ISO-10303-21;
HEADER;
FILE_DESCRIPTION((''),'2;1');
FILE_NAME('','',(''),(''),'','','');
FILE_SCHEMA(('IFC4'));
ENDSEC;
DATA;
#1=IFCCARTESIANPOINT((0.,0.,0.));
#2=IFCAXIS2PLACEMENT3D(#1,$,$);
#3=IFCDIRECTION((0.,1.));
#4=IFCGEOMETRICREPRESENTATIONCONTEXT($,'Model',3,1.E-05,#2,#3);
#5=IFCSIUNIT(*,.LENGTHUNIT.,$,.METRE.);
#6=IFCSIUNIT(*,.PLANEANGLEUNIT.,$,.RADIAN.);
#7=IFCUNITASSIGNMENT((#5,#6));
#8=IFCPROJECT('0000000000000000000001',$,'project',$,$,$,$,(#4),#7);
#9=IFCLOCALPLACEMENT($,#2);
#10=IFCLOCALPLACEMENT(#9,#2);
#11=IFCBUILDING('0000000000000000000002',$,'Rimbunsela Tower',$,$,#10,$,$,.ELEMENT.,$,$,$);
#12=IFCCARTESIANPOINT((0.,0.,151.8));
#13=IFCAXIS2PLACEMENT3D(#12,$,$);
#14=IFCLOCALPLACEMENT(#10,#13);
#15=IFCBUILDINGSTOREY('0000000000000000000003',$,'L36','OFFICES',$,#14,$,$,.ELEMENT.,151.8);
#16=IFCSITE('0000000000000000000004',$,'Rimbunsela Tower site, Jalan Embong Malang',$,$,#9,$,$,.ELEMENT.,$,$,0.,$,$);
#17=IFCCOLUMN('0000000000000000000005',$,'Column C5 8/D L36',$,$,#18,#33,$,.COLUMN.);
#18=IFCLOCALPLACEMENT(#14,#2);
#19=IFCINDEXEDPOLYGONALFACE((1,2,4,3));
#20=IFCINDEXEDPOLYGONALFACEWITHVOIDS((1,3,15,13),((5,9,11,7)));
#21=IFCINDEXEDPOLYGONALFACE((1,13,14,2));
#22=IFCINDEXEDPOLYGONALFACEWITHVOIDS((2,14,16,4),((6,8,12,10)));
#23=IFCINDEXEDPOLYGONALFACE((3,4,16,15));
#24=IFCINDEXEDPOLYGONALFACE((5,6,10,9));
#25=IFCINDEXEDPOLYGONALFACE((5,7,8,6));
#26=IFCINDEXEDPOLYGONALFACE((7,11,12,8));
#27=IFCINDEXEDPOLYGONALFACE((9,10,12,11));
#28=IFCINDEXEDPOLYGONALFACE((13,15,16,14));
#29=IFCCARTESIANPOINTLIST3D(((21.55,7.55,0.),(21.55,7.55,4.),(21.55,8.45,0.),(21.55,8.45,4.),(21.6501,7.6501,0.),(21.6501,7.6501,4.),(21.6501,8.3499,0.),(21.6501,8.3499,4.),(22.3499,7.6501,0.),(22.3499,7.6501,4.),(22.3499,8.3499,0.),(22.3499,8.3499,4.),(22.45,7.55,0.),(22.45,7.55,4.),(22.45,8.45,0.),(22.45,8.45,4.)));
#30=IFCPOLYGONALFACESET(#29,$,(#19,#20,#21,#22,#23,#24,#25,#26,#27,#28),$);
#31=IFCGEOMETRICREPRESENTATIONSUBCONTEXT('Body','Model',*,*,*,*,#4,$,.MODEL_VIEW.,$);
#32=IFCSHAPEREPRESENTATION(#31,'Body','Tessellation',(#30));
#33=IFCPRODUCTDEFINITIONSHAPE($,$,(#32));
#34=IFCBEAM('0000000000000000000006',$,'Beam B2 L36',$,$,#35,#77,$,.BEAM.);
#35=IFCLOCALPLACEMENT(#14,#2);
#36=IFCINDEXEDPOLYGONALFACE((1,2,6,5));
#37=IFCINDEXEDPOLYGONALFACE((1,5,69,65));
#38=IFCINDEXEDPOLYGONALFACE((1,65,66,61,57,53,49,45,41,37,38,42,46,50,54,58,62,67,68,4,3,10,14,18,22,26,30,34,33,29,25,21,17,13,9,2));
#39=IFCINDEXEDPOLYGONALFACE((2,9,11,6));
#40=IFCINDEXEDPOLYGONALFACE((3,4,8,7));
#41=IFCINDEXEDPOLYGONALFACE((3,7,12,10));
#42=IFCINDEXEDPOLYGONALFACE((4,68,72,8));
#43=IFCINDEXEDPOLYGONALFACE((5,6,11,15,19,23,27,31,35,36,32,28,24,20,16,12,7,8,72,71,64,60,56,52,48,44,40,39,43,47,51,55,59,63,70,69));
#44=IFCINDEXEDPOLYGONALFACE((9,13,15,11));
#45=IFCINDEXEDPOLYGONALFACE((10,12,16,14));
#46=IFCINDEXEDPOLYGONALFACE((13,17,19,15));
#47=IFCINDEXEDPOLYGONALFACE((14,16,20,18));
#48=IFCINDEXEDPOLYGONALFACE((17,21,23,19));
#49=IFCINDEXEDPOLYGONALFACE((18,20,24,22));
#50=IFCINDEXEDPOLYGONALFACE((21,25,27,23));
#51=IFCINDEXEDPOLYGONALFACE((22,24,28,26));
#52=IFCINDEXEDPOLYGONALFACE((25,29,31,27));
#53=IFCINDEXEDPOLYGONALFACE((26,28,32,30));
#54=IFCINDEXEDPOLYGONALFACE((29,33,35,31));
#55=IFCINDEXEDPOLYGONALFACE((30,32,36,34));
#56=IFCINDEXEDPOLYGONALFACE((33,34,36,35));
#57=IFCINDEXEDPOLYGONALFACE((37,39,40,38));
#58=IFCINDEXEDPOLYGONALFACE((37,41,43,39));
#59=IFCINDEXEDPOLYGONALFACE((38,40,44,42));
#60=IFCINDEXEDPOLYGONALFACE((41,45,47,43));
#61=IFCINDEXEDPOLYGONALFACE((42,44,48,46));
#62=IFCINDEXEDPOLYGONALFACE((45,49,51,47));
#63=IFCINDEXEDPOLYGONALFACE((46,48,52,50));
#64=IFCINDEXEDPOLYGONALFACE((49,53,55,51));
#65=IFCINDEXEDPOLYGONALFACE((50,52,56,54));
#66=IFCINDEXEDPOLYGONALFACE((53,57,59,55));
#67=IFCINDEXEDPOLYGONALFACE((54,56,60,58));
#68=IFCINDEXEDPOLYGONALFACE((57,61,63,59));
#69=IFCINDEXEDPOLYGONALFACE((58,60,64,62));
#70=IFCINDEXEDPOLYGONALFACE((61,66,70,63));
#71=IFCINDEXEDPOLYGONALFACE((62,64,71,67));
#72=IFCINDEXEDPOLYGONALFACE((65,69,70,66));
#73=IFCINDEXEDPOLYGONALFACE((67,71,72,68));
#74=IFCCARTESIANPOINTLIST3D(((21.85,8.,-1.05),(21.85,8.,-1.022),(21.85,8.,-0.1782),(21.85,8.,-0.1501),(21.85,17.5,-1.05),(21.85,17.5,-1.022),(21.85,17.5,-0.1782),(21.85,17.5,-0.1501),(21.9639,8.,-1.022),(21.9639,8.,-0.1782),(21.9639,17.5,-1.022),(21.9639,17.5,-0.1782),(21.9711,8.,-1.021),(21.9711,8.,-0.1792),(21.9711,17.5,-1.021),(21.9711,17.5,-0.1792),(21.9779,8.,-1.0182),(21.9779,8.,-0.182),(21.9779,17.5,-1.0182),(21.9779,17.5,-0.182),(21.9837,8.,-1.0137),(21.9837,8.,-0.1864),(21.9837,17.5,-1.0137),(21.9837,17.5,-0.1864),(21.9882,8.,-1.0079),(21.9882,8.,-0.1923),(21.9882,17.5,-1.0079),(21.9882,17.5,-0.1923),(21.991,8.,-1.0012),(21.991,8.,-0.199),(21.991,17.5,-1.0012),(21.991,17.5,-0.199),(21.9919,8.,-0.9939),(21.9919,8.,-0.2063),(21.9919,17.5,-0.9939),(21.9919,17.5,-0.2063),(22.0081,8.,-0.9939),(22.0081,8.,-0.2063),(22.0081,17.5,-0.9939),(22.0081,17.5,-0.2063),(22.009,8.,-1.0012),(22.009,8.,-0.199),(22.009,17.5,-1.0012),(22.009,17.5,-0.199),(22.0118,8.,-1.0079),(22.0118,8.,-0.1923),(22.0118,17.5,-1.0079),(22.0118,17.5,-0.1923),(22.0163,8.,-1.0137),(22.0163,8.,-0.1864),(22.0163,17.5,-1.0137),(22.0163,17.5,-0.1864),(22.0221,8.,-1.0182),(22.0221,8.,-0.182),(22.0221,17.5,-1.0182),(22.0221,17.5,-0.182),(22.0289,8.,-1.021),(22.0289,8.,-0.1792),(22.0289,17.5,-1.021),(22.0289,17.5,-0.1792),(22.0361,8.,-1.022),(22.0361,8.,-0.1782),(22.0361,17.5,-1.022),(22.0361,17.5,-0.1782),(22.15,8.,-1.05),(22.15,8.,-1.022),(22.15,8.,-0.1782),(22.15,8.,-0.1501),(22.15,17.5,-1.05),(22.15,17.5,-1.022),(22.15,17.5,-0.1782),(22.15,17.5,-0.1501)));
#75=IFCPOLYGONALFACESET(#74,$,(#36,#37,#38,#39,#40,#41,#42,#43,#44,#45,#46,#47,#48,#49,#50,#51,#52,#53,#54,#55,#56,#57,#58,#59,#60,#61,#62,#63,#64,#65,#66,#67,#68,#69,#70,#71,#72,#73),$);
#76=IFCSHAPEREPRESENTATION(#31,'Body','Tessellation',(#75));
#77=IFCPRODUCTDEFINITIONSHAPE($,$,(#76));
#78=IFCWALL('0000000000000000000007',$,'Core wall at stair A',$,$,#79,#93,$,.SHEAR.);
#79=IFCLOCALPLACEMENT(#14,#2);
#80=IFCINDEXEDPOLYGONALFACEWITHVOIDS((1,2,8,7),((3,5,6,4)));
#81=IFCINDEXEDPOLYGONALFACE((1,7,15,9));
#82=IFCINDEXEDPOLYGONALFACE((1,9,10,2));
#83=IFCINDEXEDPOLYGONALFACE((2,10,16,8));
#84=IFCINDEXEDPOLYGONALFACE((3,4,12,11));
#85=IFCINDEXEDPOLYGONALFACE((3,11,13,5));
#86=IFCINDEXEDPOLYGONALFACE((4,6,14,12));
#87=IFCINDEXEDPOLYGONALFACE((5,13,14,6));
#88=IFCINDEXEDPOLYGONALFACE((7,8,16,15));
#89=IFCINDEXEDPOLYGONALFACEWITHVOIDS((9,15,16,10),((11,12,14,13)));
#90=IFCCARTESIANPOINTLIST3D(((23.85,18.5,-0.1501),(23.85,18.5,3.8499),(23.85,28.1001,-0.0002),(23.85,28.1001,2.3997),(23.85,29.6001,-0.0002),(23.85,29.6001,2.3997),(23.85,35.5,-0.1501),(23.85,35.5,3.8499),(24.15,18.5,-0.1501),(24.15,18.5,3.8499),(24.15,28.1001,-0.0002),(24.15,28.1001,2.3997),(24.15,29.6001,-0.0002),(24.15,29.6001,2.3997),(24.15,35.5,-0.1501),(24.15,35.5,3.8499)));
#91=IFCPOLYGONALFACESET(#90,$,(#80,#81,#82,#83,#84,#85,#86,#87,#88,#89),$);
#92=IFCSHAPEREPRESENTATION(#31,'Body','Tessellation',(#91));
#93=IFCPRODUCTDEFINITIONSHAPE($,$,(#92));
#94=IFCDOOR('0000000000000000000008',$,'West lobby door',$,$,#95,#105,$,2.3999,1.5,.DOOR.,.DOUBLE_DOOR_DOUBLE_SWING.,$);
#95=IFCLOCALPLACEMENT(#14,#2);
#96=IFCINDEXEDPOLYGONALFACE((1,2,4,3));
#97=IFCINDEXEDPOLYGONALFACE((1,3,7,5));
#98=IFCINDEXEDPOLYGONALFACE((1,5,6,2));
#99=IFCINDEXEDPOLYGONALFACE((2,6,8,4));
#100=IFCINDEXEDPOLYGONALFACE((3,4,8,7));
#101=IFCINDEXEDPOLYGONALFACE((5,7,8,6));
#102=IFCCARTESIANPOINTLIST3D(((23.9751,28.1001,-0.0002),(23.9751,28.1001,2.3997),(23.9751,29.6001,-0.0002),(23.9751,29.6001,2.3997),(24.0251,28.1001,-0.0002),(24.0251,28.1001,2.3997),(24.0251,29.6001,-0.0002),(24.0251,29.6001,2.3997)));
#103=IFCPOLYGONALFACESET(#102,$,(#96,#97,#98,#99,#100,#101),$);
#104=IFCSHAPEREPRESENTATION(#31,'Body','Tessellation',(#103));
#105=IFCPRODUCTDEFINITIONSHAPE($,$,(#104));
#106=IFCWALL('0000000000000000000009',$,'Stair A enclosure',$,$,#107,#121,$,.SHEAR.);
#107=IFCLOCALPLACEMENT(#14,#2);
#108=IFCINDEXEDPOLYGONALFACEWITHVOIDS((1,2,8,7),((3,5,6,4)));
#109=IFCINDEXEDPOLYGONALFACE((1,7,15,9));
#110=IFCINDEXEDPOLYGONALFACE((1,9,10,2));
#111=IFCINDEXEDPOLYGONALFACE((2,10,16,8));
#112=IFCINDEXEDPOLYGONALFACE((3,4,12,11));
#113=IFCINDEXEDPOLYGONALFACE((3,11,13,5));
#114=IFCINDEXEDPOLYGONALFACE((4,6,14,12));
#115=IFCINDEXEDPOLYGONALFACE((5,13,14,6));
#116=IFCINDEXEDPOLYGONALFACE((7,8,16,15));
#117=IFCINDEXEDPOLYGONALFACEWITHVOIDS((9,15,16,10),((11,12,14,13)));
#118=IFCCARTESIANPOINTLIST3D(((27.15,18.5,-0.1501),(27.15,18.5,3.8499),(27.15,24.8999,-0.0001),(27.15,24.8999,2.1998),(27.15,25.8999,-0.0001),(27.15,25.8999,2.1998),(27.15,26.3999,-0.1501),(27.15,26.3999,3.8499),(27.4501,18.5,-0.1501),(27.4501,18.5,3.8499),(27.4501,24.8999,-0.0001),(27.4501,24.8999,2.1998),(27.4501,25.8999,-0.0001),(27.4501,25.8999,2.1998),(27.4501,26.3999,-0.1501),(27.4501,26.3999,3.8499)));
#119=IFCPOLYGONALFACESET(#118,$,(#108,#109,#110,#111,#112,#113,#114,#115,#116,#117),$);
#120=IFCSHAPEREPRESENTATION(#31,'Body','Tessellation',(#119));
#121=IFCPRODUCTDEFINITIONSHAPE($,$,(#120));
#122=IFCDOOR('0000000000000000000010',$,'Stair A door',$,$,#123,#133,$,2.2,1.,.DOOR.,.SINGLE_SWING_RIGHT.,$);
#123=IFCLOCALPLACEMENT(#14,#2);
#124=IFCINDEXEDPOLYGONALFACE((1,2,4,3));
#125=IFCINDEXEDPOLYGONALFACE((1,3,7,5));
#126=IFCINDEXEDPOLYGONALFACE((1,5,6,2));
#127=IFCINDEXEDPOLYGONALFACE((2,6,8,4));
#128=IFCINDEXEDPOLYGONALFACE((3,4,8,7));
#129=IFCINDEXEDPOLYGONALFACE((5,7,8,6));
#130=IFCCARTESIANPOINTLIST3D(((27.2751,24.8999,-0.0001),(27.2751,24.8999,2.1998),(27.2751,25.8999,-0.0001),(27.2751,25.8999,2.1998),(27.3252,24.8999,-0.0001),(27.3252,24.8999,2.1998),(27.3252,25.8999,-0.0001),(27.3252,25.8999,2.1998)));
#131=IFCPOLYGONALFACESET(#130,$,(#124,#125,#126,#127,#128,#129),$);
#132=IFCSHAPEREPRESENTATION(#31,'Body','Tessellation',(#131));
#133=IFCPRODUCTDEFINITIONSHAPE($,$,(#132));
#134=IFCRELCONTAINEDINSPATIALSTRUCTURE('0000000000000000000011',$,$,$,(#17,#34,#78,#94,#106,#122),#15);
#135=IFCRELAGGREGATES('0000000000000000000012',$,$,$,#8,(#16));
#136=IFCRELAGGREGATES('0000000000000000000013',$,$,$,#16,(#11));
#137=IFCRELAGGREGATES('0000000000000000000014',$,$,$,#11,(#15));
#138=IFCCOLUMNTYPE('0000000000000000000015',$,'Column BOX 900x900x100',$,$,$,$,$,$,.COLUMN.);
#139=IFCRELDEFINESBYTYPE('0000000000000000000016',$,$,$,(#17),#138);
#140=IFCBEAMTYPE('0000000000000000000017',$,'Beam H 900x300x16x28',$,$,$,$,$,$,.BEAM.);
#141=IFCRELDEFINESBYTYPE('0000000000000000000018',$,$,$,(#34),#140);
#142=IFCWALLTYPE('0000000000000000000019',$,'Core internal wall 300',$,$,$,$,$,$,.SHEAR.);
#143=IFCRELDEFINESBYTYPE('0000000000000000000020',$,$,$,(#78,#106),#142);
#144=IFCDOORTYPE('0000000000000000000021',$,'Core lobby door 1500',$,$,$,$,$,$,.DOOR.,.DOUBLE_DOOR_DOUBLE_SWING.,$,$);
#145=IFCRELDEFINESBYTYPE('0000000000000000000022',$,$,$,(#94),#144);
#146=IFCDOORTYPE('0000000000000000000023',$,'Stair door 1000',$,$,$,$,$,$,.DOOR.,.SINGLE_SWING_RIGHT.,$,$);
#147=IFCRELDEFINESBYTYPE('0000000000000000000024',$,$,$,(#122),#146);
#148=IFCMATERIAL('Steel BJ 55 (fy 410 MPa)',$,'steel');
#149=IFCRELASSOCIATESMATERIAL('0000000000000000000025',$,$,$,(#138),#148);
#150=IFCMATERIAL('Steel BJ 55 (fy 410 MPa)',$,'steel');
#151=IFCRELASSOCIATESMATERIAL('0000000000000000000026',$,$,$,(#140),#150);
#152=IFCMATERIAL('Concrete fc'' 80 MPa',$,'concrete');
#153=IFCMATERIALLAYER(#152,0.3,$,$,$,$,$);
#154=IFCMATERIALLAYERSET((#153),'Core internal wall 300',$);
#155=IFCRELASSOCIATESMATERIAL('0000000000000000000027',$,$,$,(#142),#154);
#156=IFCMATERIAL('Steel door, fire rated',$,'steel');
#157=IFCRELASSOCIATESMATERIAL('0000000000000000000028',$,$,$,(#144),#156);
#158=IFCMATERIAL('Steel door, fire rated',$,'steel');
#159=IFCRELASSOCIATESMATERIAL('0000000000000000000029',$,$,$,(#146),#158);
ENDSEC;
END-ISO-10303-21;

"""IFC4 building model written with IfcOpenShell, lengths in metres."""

from ifc_helpers import new_model, si_unit, direction, frame, frame_2d, origin, origin_2d, place, context, subcontext, project, spatial, rectangle, hollow_rectangle, i_section, extrude, material, layer, layer_set, material_profile, profile_set, type_object, element, fill, save


model = new_model("IFC4")

# Units and contexts
model_context = context("Model", 3, precision=1e-05, world=origin(), true_north=direction((0.0, 1.0)))
body_context = subcontext(model_context, "Body", "Model", "MODEL_VIEW")
ifc_project = project(units=[si_unit("LENGTHUNIT", "METRE"), si_unit("PLANEANGLEUNIT", "RADIAN")], contexts=[model_context])

# Site, building, storey
site_placement = place(None, origin())
site = spatial("IfcSite", under=ifc_project, at=site_placement, Name="Rimbunsela Tower site, Jalan Embong Malang", CompositionType="ELEMENT", RefElevation=0.0)
building_placement = place(site_placement, origin())
building = spatial("IfcBuilding", under=site, at=building_placement, Name="Rimbunsela Tower", CompositionType="ELEMENT")
storey_placement = place(building_placement, frame((0.0, 0.0, 151.8)))
storey = spatial("IfcBuildingStorey", under=building, at=storey_placement, Name="L36", Description="OFFICES", CompositionType="ELEMENT", Elevation=151.8)

# Column
ifc_material_1 = material(Name="Steel BJ 55 (fy 410 MPa)", Category="steel")
ifc_material_profile_1 = material_profile(ifc_material_1, hollow_rectangle(XDim=0.8999, YDim=0.8999, WallThickness=0.1001, at=origin_2d()), Name="BOX 900x900x100")
ifc_profile_set_1 = profile_set([ifc_material_profile_1], Name="Steel BJ 55 (fy 410 MPa)")
column_type = type_object("IfcColumnType", Name="Column BOX 900x900x100", PredefinedType="COLUMN", material=ifc_profile_set_1)
column_placement = place(storey_placement, frame((22.0, 8.0, 0.0), z_axis=(0.0, 0.0, 1.0), x_axis=(1.0, 0.0, 0.0)))
element("IfcColumn", 1, at=column_placement, inside=storey, type_object=column_type, Name="Column C5 8/D L36", PredefinedType="COLUMN", context=body_context, shape_type="SweptSolid", body=[
    extrude(hollow_rectangle(XDim=0.8999, YDim=0.8999, WallThickness=0.1001, at=origin_2d()), origin(), (0.0, 0.0, 1.0), 4.0),
])

# Beam
ifc_material_2 = material(Name="Steel BJ 55 (fy 410 MPa)", Category="steel")
ifc_material_profile_2 = material_profile(ifc_material_2, i_section(OverallWidth=0.3, OverallDepth=0.8999, WebThickness=0.0161, FlangeThickness=0.0281, FilletRadius=0.0281, at=origin_2d()), Name="H 900x300x16x28")
ifc_profile_set_2 = profile_set([ifc_material_profile_2], Name="Steel BJ 55 (fy 410 MPa)")
beam_type = type_object("IfcBeamType", Name="Beam H 900x300x16x28", PredefinedType="BEAM", material=ifc_profile_set_2)
beam_placement = place(storey_placement, frame((22.0, 8.0, -0.6001), z_axis=(0.0, 1.0, 0.0), x_axis=(-1.0, 0.0, 0.0)))
element("IfcBeam", 2, at=beam_placement, inside=storey, type_object=beam_type, Name="Beam B2 L36", PredefinedType="BEAM", context=body_context, shape_type="SweptSolid", body=[
    extrude(i_section(OverallWidth=0.3, OverallDepth=0.8999, WebThickness=0.0161, FlangeThickness=0.0281, FilletRadius=0.0281, at=origin_2d()), origin(), (0.0, 0.0, 1.0), 9.5),
])

# Walls, openings, doors
ifc_material_3 = material(Name="Concrete fc' 80 MPa", Category="concrete")
ifc_layer_1 = layer(ifc_material_3, 0.3)
ifc_layer_set_1 = layer_set([ifc_layer_1], Name="Core internal wall 300")
wall_type_1 = type_object("IfcWallType", Name="Core internal wall 300", PredefinedType="SHEAR", material=ifc_layer_set_1)
wall_1_placement = place(storey_placement, frame((24.0, 18.5, -0.1501), z_axis=(0.0, 0.0, 1.0), x_axis=(0.0, 1.0, 0.0)))
wall_1 = element("IfcWall", 3, at=wall_1_placement, inside=storey, type_object=wall_type_1, Name="Core wall at stair A", PredefinedType="SHEAR", context=body_context, shape_type="SweptSolid", body=[
    extrude(rectangle(XDim=17.0, YDim=0.3, at=frame_2d((8.5, 0.0))), origin(), (0.0, 0.0, 1.0), 4.0),
])
opening_1_placement = place(wall_1_placement, frame((9.6001, 0.0, 0.1499)))
opening_1 = element("IfcOpeningElement", 4, at=opening_1_placement, cuts=wall_1, PredefinedType="OPENING", context=body_context, shape_type="SweptSolid", body=[
    extrude(rectangle(XDim=1.5, YDim=2.3999, at=frame_2d((0.75, 1.2))), frame((0.0, 0.1599, 0.0), z_axis=(0.0, -1.0, 0.0), x_axis=(1.0, 0.0, 0.0)), (0.0, 0.0, 1.0), 0.3201),
])
ifc_material_4 = material(Name="Steel door, fire rated", Category="steel")
door_type_1 = type_object("IfcDoorType", Name="Core lobby door 1500", OperationType="DOUBLE_DOOR_DOUBLE_SWING", PredefinedType="DOOR", material=ifc_material_4)
door_1_placement = place(opening_1_placement, origin())
door_1 = element("IfcDoor", 5, at=door_1_placement, inside=storey, type_object=door_type_1, Name="West lobby door", OperationType="DOUBLE_DOOR_DOUBLE_SWING", OverallHeight=2.3999, OverallWidth=1.5, PredefinedType="DOOR", context=body_context, shape_type="SweptSolid", body=[
    extrude(rectangle(XDim=1.5, YDim=2.3999, at=frame_2d((0.75, 1.2))), frame((0.0, 0.0249, 0.0), z_axis=(0.0, -1.0, 0.0), x_axis=(1.0, 0.0, 0.0)), (0.0, 0.0, 1.0), 0.05),
])
fill(opening_1, door_1)
wall_2_placement = place(storey_placement, frame((27.3, 18.5, -0.1501), z_axis=(0.0, 0.0, 1.0), x_axis=(0.0, 1.0, 0.0)))
wall_2 = element("IfcWall", 6, at=wall_2_placement, inside=storey, type_object=wall_type_1, Name="Stair A enclosure", PredefinedType="SHEAR", context=body_context, shape_type="SweptSolid", body=[
    extrude(rectangle(XDim=7.8999, YDim=0.3, at=frame_2d((3.95, 0.0))), origin(), (0.0, 0.0, 1.0), 4.0),
])
opening_2_placement = place(wall_2_placement, frame((6.3999, 0.0, 0.1499)))
opening_2 = element("IfcOpeningElement", 7, at=opening_2_placement, cuts=wall_2, PredefinedType="OPENING", context=body_context, shape_type="SweptSolid", body=[
    extrude(rectangle(XDim=1.0, YDim=2.2, at=frame_2d((0.5, 1.1001))), frame((0.0, 0.1599, 0.0), z_axis=(0.0, -1.0, 0.0), x_axis=(1.0, 0.0, 0.0)), (0.0, 0.0, 1.0), 0.3201),
])
ifc_material_5 = material(Name="Steel door, fire rated", Category="steel")
door_type_2 = type_object("IfcDoorType", Name="Stair door 1000", OperationType="SINGLE_SWING_RIGHT", PredefinedType="DOOR", material=ifc_material_5)
door_2_placement = place(opening_2_placement, origin())
door_2 = element("IfcDoor", 8, at=door_2_placement, inside=storey, type_object=door_type_2, Name="Stair A door", OperationType="SINGLE_SWING_RIGHT", OverallHeight=2.2, OverallWidth=1.0, PredefinedType="DOOR", context=body_context, shape_type="SweptSolid", body=[
    extrude(rectangle(XDim=1.0, YDim=2.2, at=frame_2d((0.5, 1.1001))), frame((0.0, 0.0249, 0.0), z_axis=(0.0, -1.0, 0.0), x_axis=(1.0, 0.0, 0.0)), (0.0, 0.0, 1.0), 0.05),
])
fill(opening_2, door_2)

save(model, "model.ifc")
